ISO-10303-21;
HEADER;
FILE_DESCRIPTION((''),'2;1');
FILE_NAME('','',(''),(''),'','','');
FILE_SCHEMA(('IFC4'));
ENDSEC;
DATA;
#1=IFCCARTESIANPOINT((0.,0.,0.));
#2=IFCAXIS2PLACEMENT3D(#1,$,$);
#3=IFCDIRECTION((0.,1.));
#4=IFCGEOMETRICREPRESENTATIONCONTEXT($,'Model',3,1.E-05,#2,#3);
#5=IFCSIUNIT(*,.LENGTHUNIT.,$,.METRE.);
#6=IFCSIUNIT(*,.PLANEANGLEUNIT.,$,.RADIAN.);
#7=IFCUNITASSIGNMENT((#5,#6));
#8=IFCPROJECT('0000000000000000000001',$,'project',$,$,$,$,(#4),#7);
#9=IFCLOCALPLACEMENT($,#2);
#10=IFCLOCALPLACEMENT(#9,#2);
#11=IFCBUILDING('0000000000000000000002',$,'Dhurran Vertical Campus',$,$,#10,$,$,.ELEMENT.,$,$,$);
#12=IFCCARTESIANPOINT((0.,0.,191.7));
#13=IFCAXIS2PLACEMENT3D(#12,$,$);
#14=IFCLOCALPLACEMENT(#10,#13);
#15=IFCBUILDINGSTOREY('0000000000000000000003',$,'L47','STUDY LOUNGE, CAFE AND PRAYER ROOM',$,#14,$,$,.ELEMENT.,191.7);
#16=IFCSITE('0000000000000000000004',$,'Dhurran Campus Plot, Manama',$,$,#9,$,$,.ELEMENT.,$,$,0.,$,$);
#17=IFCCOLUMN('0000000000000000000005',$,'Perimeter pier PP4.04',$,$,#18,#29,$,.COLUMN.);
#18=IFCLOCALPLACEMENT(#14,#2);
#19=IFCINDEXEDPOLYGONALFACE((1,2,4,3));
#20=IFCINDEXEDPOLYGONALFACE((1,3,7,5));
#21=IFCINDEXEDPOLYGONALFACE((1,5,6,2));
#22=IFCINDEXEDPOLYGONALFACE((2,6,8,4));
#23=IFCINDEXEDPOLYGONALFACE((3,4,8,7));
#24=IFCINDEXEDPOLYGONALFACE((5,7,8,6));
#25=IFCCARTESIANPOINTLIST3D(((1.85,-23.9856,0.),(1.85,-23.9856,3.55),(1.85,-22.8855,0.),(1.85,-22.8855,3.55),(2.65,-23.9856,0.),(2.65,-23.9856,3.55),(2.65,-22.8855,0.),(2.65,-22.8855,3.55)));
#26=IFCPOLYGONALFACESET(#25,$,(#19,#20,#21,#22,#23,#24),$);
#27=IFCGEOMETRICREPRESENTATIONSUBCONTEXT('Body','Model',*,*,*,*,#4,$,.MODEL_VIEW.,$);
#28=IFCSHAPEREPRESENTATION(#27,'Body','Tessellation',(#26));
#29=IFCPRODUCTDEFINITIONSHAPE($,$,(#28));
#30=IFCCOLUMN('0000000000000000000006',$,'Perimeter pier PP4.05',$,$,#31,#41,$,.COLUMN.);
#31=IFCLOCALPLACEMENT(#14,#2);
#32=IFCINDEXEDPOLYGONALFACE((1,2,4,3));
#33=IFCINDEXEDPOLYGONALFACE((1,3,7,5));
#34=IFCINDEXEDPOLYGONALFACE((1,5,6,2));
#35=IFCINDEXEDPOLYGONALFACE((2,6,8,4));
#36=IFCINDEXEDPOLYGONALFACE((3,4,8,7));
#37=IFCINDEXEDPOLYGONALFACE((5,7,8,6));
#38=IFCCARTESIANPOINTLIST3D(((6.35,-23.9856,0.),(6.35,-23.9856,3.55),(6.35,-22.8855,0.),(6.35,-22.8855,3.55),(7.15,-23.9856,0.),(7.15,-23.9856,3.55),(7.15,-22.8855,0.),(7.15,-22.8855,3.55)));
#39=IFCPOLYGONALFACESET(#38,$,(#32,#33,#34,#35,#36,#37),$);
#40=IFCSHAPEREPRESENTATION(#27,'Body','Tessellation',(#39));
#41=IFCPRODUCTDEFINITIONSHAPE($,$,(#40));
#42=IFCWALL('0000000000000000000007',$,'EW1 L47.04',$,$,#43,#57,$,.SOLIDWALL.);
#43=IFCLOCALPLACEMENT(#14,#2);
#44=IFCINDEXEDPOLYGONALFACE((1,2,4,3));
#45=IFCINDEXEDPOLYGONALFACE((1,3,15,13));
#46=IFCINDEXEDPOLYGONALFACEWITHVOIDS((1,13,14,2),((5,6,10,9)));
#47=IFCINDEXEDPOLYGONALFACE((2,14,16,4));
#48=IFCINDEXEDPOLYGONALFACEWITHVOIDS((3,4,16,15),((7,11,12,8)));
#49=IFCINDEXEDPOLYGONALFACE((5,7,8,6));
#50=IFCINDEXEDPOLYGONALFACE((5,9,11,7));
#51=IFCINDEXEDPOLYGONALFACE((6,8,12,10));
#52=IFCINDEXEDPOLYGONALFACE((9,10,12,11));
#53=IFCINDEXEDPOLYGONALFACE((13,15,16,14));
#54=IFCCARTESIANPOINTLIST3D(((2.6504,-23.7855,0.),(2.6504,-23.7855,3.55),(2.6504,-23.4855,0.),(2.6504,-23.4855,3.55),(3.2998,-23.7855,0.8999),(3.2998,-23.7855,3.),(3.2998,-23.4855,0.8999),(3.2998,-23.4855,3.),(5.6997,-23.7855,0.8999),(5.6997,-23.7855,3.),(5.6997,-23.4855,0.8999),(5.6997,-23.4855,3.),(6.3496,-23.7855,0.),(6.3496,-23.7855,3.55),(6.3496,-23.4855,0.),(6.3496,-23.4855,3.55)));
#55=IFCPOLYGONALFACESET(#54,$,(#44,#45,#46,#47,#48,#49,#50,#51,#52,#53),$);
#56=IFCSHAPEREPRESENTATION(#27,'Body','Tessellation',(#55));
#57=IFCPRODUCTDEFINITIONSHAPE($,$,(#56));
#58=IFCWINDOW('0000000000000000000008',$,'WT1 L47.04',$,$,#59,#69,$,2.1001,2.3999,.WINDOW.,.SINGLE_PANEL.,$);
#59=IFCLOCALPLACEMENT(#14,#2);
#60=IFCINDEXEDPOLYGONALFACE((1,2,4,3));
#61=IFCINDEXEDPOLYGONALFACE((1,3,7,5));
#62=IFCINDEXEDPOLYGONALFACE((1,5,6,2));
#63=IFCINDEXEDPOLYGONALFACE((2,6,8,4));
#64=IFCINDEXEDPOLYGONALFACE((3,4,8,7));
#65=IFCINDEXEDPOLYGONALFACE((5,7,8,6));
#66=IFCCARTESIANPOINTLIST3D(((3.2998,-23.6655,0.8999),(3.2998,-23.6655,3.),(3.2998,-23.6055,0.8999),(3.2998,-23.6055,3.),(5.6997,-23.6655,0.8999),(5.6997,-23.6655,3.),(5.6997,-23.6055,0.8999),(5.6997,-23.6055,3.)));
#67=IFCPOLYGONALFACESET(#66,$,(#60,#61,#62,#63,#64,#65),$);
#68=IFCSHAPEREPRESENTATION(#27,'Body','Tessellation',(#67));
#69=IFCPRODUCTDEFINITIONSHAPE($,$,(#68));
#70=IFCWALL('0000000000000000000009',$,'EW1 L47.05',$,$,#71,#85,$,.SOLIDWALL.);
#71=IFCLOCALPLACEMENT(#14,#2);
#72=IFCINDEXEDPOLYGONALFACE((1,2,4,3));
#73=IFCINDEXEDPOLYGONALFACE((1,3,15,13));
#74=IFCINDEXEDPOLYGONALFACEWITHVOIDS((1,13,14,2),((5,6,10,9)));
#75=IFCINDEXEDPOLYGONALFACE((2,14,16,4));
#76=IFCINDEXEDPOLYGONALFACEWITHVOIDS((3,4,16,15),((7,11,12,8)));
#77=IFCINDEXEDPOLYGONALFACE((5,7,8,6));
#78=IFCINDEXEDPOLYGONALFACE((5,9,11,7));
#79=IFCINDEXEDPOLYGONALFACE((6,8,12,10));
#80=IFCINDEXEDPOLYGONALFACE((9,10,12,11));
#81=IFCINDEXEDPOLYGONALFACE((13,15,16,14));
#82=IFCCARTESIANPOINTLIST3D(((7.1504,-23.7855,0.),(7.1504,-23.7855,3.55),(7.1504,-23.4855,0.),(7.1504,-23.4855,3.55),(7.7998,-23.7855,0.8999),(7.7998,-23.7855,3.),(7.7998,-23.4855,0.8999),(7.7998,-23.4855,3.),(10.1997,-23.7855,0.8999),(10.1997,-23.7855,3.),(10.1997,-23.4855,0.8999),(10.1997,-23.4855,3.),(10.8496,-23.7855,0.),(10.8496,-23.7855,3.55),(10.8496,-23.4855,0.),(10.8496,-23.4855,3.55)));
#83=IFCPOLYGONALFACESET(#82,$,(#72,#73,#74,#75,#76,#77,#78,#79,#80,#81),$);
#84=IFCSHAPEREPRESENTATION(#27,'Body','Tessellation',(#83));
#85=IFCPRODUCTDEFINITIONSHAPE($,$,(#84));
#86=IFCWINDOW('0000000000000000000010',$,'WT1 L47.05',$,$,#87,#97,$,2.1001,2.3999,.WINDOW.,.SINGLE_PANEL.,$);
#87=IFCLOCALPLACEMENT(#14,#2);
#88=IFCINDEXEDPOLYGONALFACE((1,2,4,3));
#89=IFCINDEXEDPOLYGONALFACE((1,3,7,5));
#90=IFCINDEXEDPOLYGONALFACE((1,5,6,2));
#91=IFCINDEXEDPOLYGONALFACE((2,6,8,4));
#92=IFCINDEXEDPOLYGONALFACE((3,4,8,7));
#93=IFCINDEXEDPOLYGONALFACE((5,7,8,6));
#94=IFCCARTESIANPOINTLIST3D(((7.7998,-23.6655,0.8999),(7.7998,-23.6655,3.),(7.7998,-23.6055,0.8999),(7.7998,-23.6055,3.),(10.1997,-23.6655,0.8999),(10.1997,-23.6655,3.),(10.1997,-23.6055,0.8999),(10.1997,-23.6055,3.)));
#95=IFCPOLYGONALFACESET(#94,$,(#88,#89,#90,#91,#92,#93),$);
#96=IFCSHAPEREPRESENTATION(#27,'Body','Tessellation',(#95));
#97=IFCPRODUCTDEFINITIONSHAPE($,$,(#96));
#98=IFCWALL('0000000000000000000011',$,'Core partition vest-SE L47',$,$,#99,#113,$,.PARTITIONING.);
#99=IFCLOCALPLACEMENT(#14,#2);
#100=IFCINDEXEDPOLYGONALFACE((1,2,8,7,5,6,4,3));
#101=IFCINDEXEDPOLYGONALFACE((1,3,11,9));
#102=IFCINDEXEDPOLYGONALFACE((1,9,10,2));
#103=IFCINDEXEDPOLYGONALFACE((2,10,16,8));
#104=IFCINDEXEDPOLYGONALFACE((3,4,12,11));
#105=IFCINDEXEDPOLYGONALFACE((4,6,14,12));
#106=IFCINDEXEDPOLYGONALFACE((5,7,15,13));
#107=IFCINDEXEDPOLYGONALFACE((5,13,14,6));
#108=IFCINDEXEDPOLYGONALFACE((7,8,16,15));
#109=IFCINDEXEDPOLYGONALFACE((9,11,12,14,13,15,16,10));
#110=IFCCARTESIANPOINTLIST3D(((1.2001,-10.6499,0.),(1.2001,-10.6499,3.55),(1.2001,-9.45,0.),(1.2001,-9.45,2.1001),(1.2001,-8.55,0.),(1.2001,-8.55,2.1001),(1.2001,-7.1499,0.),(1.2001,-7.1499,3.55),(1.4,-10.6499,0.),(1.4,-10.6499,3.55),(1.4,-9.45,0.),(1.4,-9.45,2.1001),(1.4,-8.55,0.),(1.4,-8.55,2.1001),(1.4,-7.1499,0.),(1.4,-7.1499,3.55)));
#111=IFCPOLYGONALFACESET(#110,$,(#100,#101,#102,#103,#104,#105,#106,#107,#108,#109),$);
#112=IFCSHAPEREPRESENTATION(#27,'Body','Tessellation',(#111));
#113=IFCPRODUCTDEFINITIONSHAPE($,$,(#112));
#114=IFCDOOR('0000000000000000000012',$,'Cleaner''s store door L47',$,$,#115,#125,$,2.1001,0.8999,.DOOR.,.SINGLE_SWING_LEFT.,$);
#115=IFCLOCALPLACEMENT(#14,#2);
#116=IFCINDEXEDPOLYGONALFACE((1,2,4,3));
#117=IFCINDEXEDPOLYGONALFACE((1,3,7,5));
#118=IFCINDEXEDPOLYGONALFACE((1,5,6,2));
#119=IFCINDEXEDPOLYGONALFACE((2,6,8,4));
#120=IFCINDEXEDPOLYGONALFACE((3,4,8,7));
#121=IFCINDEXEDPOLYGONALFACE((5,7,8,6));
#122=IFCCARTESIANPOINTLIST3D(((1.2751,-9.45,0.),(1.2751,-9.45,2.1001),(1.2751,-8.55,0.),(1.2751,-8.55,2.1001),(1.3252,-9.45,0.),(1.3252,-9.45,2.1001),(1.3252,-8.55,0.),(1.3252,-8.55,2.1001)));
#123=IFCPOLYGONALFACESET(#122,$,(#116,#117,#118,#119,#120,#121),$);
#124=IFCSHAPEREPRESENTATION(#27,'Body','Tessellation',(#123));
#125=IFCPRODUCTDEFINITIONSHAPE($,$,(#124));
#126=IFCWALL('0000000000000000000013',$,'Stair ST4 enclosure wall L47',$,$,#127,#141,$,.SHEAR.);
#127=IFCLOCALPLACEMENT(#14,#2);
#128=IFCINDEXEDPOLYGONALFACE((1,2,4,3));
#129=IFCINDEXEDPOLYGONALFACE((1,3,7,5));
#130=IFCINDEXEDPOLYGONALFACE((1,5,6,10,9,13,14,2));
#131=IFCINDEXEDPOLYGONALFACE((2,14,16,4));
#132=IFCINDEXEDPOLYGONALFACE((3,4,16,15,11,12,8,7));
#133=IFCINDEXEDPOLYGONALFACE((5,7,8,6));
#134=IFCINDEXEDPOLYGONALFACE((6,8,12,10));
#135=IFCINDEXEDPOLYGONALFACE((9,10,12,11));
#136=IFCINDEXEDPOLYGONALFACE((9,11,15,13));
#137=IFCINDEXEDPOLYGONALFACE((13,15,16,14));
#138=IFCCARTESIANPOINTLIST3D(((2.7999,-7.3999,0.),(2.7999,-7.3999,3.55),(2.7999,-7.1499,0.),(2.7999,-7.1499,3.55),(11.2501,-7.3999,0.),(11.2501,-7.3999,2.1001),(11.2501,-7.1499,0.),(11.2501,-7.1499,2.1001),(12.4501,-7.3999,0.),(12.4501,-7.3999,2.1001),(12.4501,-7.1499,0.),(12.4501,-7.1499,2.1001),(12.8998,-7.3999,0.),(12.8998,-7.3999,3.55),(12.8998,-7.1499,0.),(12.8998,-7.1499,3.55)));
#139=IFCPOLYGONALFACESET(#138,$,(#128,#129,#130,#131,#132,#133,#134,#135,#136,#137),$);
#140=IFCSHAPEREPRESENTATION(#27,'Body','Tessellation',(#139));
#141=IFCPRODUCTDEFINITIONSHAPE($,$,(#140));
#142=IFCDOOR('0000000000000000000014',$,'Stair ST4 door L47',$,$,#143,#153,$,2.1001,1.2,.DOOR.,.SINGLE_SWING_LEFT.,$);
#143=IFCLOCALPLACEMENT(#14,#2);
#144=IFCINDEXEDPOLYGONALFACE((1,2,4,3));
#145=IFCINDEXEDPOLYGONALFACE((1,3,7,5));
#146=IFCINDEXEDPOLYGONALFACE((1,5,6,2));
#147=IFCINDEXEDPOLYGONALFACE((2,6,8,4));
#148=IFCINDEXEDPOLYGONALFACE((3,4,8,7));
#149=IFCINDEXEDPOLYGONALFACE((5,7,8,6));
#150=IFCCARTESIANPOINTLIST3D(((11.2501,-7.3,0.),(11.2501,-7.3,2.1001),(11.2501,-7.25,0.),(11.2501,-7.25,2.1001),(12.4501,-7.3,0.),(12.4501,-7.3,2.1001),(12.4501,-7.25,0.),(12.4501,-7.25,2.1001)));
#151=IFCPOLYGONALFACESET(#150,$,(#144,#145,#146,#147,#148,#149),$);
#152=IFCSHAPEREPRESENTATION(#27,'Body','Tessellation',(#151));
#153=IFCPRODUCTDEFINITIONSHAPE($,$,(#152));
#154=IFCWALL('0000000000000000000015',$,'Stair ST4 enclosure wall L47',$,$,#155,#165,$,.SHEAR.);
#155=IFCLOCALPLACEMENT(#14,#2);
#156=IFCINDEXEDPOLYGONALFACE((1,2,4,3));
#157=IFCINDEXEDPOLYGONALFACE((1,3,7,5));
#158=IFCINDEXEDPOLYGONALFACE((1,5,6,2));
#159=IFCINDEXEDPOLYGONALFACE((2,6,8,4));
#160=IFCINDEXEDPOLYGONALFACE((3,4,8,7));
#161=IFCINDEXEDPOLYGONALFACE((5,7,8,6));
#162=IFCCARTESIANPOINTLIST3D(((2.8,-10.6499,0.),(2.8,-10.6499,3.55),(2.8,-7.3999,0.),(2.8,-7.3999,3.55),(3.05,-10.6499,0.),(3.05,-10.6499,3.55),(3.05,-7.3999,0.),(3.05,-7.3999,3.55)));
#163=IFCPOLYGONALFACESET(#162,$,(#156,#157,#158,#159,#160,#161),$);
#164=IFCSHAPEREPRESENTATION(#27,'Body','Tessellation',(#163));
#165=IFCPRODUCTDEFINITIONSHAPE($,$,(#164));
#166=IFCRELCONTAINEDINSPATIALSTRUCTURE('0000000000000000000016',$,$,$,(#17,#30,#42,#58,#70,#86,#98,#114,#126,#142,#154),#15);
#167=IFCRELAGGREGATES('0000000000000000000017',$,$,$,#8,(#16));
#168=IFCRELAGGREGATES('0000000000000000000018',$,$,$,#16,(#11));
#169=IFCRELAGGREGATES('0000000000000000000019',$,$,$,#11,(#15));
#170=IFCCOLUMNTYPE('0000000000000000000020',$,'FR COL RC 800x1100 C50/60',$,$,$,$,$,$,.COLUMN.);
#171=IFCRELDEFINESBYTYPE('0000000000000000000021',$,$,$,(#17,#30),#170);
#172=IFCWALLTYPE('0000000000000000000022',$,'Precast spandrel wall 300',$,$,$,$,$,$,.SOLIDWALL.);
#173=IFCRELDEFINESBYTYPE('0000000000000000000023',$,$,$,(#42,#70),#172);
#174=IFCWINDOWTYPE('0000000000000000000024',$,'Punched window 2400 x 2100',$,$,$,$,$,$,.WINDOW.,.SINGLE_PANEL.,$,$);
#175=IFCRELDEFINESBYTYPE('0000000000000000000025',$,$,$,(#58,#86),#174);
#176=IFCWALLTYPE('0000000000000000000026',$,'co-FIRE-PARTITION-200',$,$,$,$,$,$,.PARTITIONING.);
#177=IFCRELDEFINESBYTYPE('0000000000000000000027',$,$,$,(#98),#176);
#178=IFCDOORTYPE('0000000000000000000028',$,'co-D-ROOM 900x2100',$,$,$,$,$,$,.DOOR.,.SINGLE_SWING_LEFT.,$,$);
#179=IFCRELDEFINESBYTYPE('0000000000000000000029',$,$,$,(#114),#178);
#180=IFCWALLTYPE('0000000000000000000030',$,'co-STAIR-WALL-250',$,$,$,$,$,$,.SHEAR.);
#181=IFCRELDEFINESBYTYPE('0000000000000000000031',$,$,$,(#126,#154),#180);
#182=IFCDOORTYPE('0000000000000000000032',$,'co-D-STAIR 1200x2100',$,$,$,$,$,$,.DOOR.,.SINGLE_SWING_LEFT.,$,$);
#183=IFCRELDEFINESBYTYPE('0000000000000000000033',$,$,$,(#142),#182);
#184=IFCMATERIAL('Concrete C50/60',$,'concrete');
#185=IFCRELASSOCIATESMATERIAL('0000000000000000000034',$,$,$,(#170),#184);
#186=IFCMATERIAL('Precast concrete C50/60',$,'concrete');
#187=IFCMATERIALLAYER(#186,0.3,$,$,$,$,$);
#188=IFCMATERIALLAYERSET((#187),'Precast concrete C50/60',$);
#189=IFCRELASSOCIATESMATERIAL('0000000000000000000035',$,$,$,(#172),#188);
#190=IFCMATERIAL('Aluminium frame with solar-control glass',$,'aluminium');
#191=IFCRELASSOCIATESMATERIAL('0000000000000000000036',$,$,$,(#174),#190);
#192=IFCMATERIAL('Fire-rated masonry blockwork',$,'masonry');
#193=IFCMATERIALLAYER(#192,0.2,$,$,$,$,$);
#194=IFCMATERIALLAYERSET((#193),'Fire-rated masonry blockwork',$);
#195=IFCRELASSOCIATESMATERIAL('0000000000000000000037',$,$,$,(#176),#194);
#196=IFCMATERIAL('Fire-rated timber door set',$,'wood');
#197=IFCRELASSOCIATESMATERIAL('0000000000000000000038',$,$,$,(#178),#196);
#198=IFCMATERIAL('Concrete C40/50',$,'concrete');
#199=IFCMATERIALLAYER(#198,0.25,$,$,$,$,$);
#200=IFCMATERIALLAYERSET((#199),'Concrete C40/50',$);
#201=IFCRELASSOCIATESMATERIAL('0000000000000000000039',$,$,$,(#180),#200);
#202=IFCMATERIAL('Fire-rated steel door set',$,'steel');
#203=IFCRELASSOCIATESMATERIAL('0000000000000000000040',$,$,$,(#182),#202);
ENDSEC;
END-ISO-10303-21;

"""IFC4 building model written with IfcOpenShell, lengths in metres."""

from ifc_helpers import new_model, si_unit, direction, frame, frame_2d, origin, origin_2d, place, context, subcontext, project, spatial, rectangle, extrude, material, layer, layer_set, material_profile, profile_set, type_object, element, fill, save


model = new_model("IFC4")

# Units and contexts
model_context = context("Model", 3, precision=1e-05, world=origin(), true_north=direction((0.0, 1.0)))
body_context = subcontext(model_context, "Body", "Model", "MODEL_VIEW")
ifc_project = project(units=[si_unit("LENGTHUNIT", "METRE"), si_unit("PLANEANGLEUNIT", "RADIAN")], contexts=[model_context])

# Site, building, storey
site_placement = place(None, origin())
site = spatial("IfcSite", under=ifc_project, at=site_placement, Name="Dhurran Campus Plot, Manama", CompositionType="ELEMENT", RefElevation=0.0)
building_placement = place(site_placement, origin())
building = spatial("IfcBuilding", under=site, at=building_placement, Name="Dhurran Vertical Campus", CompositionType="ELEMENT")
storey_placement = place(building_placement, frame((0.0, 0.0, 191.7)))
storey = spatial("IfcBuildingStorey", under=building, at=storey_placement, Name="L47", Description="STUDY LOUNGE, CAFE AND PRAYER ROOM", CompositionType="ELEMENT", Elevation=191.7)

# Columns
ifc_material_1 = material(Name="Concrete C50/60", Category="concrete")
ifc_material_profile = material_profile(ifc_material_1, rectangle(XDim=0.8, YDim=1.1001, at=origin_2d()), Name="RC 800x1100")
ifc_profile_set = profile_set([ifc_material_profile], Name="Concrete C50/60")
column_type = type_object("IfcColumnType", Name="FR COL RC 800x1100 C50/60", PredefinedType="COLUMN", material=ifc_profile_set)
for number, where, z_axis, x_axis, name in (
    (1, (2.25, -23.4355, 0.0), (0.0, 0.0, 1.0), (1.0, 0.0, 0.0), "Perimeter pier PP4.04"),
    (2, (6.75, -23.4355, 0.0), (0.0, 0.0, 1.0), (1.0, 0.0, 0.0), "Perimeter pier PP4.05"),
):
    element("IfcColumn", number, at=place(storey_placement, frame(where, z_axis=z_axis, x_axis=x_axis)), inside=storey, type_object=column_type, Name=name, PredefinedType="COLUMN", context=body_context, shape_type="SweptSolid", body=[
        extrude(rectangle(XDim=0.8, YDim=1.1001, at=origin_2d()), origin(), (0.0, 0.0, 1.0), 3.55),
    ])

# Walls, openings, windows
ifc_material_2 = material(Name="Precast concrete C50/60", Category="concrete")
ifc_layer_1 = layer(ifc_material_2, 0.3)
ifc_layer_set_1 = layer_set([ifc_layer_1], Name="Precast concrete C50/60")
wall_type_1 = type_object("IfcWallType", Name="Precast spandrel wall 300", PredefinedType="SOLIDWALL", material=ifc_layer_set_1)
wall_1_placement = place(storey_placement, frame((2.6504, -23.6355, 0.0), z_axis=(0.0, 0.0, 1.0), x_axis=(1.0, 0.0, 0.0)))
wall_1 = element("IfcWall", 3, at=wall_1_placement, inside=storey, type_object=wall_type_1, Name="EW1 L47.04", PredefinedType="SOLIDWALL", context=body_context, shape_type="SweptSolid", body=[
    extrude(rectangle(XDim=3.6992, YDim=0.3, at=frame_2d((1.8496, 0.0))), origin(), (0.0, 0.0, 1.0), 3.55),
])
opening_1_placement = place(wall_1_placement, frame((0.6494, 0.0, 0.8999)))
opening_1 = element("IfcOpeningElement", 4, at=opening_1_placement, cuts=wall_1, PredefinedType="OPENING", context=body_context, shape_type="SweptSolid", body=[
    extrude(rectangle(XDim=2.3999, YDim=2.1001, at=frame_2d((1.2, 1.05))), frame((0.0, 0.1599, 0.0), z_axis=(0.0, -1.0, 0.0), x_axis=(1.0, 0.0, 0.0)), (0.0, 0.0, 1.0), 0.3201),
])
ifc_material_3 = material(Name="Aluminium frame with solar-control glass", Category="aluminium")
window_type = type_object("IfcWindowType", Name="Punched window 2400 x 2100", PartitioningType="SINGLE_PANEL", PredefinedType="WINDOW", material=ifc_material_3)
window_1_placement = place(opening_1_placement, origin())
window_1 = element("IfcWindow", 5, at=window_1_placement, inside=storey, type_object=window_type, Name="WT1 L47.04", OverallHeight=2.1001, OverallWidth=2.3999, PartitioningType="SINGLE_PANEL", PredefinedType="WINDOW", context=body_context, shape_type="SweptSolid", body=[
    extrude(rectangle(XDim=2.3999, YDim=2.1001, at=frame_2d((1.2, 1.05))), frame((0.0, 0.03, 0.0), z_axis=(0.0, -1.0, 0.0), x_axis=(1.0, 0.0, 0.0)), (0.0, 0.0, 1.0), 0.0601),
])
fill(opening_1, window_1)
wall_2_placement = place(storey_placement, frame((7.1504, -23.6355, 0.0), z_axis=(0.0, 0.0, 1.0), x_axis=(1.0, 0.0, 0.0)))
wall_2 = element("IfcWall", 6, at=wall_2_placement, inside=storey, type_object=wall_type_1, Name="EW1 L47.05", PredefinedType="SOLIDWALL", context=body_context, shape_type="SweptSolid", body=[
    extrude(rectangle(XDim=3.6992, YDim=0.3, at=frame_2d((1.8496, 0.0))), origin(), (0.0, 0.0, 1.0), 3.55),
])
opening_2_placement = place(wall_2_placement, frame((0.6494, 0.0, 0.8999)))
opening_2 = element("IfcOpeningElement", 7, at=opening_2_placement, cuts=wall_2, PredefinedType="OPENING", context=body_context, shape_type="SweptSolid", body=[
    extrude(rectangle(XDim=2.3999, YDim=2.1001, at=frame_2d((1.2, 1.05))), frame((0.0, 0.1599, 0.0), z_axis=(0.0, -1.0, 0.0), x_axis=(1.0, 0.0, 0.0)), (0.0, 0.0, 1.0), 0.3201),
])
window_2_placement = place(opening_2_placement, origin())
window_2 = element("IfcWindow", 8, at=window_2_placement, inside=storey, type_object=window_type, Name="WT1 L47.05", OverallHeight=2.1001, OverallWidth=2.3999, PartitioningType="SINGLE_PANEL", PredefinedType="WINDOW", context=body_context, shape_type="SweptSolid", body=[
    extrude(rectangle(XDim=2.3999, YDim=2.1001, at=frame_2d((1.2, 1.05))), frame((0.0, 0.03, 0.0), z_axis=(0.0, -1.0, 0.0), x_axis=(1.0, 0.0, 0.0)), (0.0, 0.0, 1.0), 0.0601),
])
fill(opening_2, window_2)

# Walls, openings, doors
ifc_material_4 = material(Name="Fire-rated masonry blockwork", Category="masonry")
ifc_layer_2 = layer(ifc_material_4, 0.2)
ifc_layer_set_2 = layer_set([ifc_layer_2], Name="Fire-rated masonry blockwork")
wall_type_2 = type_object("IfcWallType", Name="co-FIRE-PARTITION-200", PredefinedType="PARTITIONING", material=ifc_layer_set_2)
wall_3_placement = place(storey_placement, frame((1.3, -10.6499, 0.0), z_axis=(0.0, 0.0, 1.0), x_axis=(0.0, 1.0, 0.0)))
wall_3 = element("IfcWall", 9, at=wall_3_placement, inside=storey, type_object=wall_type_2, Name="Core partition vest-SE L47", PredefinedType="PARTITIONING", context=body_context, shape_type="SweptSolid", body=[
    extrude(rectangle(XDim=3.5, YDim=0.2, at=frame_2d((1.75, 0.0))), origin(), (0.0, 0.0, 1.0), 3.55),
])
opening_3_placement = place(wall_3_placement, frame((1.2, 0.0, 0.0)))
opening_3 = element("IfcOpeningElement", 10, at=opening_3_placement, cuts=wall_3, PredefinedType="OPENING", context=body_context, shape_type="SweptSolid", body=[
    extrude(rectangle(XDim=0.8999, YDim=2.1001, at=frame_2d((0.45, 1.05))), frame((0.0, 0.1099, 0.0), z_axis=(0.0, -1.0, 0.0), x_axis=(1.0, 0.0, 0.0)), (0.0, 0.0, 1.0), 0.22),
])
ifc_material_5 = material(Name="Fire-rated timber door set", Category="wood")
door_type_1 = type_object("IfcDoorType", Name="co-D-ROOM 900x2100", OperationType="SINGLE_SWING_LEFT", PredefinedType="DOOR", material=ifc_material_5)
door_1_placement = place(opening_3_placement, origin())
door_1 = element("IfcDoor", 11, at=door_1_placement, inside=storey, type_object=door_type_1, Name="Cleaner's store door L47", OperationType="SINGLE_SWING_LEFT", OverallHeight=2.1001, OverallWidth=0.8999, PredefinedType="DOOR", context=body_context, shape_type="SweptSolid", body=[
    extrude(rectangle(XDim=0.8999, YDim=2.1001, at=frame_2d((0.45, 1.05))), frame((0.0, 0.0249, 0.0), z_axis=(0.0, -1.0, 0.0), x_axis=(1.0, 0.0, 0.0)), (0.0, 0.0, 1.0), 0.05),
])
fill(opening_3, door_1)
ifc_material_6 = material(Name="Concrete C40/50", Category="concrete")
ifc_layer_3 = layer(ifc_material_6, 0.25)
ifc_layer_set_3 = layer_set([ifc_layer_3], Name="Concrete C40/50")
wall_type_3 = type_object("IfcWallType", Name="co-STAIR-WALL-250", PredefinedType="SHEAR", material=ifc_layer_set_3)
wall_4_placement = place(storey_placement, frame((2.8, -7.2749, 0.0), z_axis=(0.0, 0.0, 1.0), x_axis=(1.0, 0.0, 0.0)))
wall_4 = element("IfcWall", 12, at=wall_4_placement, inside=storey, type_object=wall_type_3, Name="Stair ST4 enclosure wall L47", PredefinedType="SHEAR", context=body_context, shape_type="SweptSolid", body=[
    extrude(rectangle(XDim=10.0999, YDim=0.25, at=frame_2d((5.0498, 0.0))), origin(), (0.0, 0.0, 1.0), 3.55),
])
opening_4_placement = place(wall_4_placement, frame((8.45, 0.0, 0.0)))
opening_4 = element("IfcOpeningElement", 13, at=opening_4_placement, cuts=wall_4, PredefinedType="OPENING", context=body_context, shape_type="SweptSolid", body=[
    extrude(rectangle(XDim=1.2, YDim=2.1001, at=frame_2d((0.6001, 1.05))), frame((0.0, 0.135, 0.0), z_axis=(0.0, -1.0, 0.0), x_axis=(1.0, 0.0, 0.0)), (0.0, 0.0, 1.0), 0.27),
])
ifc_material_7 = material(Name="Fire-rated steel door set", Category="steel")
door_type_2 = type_object("IfcDoorType", Name="co-D-STAIR 1200x2100", OperationType="SINGLE_SWING_LEFT", PredefinedType="DOOR", material=ifc_material_7)
door_2_placement = place(opening_4_placement, origin())
door_2 = element("IfcDoor", 14, at=door_2_placement, inside=storey, type_object=door_type_2, Name="Stair ST4 door L47", OperationType="SINGLE_SWING_LEFT", OverallHeight=2.1001, OverallWidth=1.2, PredefinedType="DOOR", context=body_context, shape_type="SweptSolid", body=[
    extrude(rectangle(XDim=1.2, YDim=2.1001, at=frame_2d((0.6001, 1.05))), frame((0.0, 0.0249, 0.0), z_axis=(0.0, -1.0, 0.0), x_axis=(1.0, 0.0, 0.0)), (0.0, 0.0, 1.0), 0.05),
])
fill(opening_4, door_2)

# Wall
wall_5_placement = place(storey_placement, frame((2.925, -10.6499, 0.0), z_axis=(0.0, 0.0, 1.0), x_axis=(0.0, 1.0, 0.0)))
element("IfcWall", 15, at=wall_5_placement, inside=storey, type_object=wall_type_3, Name="Stair ST4 enclosure wall L47", PredefinedType="SHEAR", context=body_context, shape_type="SweptSolid", body=[
    extrude(rectangle(XDim=3.25, YDim=0.25, at=frame_2d((1.625, 0.0))), origin(), (0.0, 0.0, 1.0), 3.55),
])

save(model, "model.ifc")
